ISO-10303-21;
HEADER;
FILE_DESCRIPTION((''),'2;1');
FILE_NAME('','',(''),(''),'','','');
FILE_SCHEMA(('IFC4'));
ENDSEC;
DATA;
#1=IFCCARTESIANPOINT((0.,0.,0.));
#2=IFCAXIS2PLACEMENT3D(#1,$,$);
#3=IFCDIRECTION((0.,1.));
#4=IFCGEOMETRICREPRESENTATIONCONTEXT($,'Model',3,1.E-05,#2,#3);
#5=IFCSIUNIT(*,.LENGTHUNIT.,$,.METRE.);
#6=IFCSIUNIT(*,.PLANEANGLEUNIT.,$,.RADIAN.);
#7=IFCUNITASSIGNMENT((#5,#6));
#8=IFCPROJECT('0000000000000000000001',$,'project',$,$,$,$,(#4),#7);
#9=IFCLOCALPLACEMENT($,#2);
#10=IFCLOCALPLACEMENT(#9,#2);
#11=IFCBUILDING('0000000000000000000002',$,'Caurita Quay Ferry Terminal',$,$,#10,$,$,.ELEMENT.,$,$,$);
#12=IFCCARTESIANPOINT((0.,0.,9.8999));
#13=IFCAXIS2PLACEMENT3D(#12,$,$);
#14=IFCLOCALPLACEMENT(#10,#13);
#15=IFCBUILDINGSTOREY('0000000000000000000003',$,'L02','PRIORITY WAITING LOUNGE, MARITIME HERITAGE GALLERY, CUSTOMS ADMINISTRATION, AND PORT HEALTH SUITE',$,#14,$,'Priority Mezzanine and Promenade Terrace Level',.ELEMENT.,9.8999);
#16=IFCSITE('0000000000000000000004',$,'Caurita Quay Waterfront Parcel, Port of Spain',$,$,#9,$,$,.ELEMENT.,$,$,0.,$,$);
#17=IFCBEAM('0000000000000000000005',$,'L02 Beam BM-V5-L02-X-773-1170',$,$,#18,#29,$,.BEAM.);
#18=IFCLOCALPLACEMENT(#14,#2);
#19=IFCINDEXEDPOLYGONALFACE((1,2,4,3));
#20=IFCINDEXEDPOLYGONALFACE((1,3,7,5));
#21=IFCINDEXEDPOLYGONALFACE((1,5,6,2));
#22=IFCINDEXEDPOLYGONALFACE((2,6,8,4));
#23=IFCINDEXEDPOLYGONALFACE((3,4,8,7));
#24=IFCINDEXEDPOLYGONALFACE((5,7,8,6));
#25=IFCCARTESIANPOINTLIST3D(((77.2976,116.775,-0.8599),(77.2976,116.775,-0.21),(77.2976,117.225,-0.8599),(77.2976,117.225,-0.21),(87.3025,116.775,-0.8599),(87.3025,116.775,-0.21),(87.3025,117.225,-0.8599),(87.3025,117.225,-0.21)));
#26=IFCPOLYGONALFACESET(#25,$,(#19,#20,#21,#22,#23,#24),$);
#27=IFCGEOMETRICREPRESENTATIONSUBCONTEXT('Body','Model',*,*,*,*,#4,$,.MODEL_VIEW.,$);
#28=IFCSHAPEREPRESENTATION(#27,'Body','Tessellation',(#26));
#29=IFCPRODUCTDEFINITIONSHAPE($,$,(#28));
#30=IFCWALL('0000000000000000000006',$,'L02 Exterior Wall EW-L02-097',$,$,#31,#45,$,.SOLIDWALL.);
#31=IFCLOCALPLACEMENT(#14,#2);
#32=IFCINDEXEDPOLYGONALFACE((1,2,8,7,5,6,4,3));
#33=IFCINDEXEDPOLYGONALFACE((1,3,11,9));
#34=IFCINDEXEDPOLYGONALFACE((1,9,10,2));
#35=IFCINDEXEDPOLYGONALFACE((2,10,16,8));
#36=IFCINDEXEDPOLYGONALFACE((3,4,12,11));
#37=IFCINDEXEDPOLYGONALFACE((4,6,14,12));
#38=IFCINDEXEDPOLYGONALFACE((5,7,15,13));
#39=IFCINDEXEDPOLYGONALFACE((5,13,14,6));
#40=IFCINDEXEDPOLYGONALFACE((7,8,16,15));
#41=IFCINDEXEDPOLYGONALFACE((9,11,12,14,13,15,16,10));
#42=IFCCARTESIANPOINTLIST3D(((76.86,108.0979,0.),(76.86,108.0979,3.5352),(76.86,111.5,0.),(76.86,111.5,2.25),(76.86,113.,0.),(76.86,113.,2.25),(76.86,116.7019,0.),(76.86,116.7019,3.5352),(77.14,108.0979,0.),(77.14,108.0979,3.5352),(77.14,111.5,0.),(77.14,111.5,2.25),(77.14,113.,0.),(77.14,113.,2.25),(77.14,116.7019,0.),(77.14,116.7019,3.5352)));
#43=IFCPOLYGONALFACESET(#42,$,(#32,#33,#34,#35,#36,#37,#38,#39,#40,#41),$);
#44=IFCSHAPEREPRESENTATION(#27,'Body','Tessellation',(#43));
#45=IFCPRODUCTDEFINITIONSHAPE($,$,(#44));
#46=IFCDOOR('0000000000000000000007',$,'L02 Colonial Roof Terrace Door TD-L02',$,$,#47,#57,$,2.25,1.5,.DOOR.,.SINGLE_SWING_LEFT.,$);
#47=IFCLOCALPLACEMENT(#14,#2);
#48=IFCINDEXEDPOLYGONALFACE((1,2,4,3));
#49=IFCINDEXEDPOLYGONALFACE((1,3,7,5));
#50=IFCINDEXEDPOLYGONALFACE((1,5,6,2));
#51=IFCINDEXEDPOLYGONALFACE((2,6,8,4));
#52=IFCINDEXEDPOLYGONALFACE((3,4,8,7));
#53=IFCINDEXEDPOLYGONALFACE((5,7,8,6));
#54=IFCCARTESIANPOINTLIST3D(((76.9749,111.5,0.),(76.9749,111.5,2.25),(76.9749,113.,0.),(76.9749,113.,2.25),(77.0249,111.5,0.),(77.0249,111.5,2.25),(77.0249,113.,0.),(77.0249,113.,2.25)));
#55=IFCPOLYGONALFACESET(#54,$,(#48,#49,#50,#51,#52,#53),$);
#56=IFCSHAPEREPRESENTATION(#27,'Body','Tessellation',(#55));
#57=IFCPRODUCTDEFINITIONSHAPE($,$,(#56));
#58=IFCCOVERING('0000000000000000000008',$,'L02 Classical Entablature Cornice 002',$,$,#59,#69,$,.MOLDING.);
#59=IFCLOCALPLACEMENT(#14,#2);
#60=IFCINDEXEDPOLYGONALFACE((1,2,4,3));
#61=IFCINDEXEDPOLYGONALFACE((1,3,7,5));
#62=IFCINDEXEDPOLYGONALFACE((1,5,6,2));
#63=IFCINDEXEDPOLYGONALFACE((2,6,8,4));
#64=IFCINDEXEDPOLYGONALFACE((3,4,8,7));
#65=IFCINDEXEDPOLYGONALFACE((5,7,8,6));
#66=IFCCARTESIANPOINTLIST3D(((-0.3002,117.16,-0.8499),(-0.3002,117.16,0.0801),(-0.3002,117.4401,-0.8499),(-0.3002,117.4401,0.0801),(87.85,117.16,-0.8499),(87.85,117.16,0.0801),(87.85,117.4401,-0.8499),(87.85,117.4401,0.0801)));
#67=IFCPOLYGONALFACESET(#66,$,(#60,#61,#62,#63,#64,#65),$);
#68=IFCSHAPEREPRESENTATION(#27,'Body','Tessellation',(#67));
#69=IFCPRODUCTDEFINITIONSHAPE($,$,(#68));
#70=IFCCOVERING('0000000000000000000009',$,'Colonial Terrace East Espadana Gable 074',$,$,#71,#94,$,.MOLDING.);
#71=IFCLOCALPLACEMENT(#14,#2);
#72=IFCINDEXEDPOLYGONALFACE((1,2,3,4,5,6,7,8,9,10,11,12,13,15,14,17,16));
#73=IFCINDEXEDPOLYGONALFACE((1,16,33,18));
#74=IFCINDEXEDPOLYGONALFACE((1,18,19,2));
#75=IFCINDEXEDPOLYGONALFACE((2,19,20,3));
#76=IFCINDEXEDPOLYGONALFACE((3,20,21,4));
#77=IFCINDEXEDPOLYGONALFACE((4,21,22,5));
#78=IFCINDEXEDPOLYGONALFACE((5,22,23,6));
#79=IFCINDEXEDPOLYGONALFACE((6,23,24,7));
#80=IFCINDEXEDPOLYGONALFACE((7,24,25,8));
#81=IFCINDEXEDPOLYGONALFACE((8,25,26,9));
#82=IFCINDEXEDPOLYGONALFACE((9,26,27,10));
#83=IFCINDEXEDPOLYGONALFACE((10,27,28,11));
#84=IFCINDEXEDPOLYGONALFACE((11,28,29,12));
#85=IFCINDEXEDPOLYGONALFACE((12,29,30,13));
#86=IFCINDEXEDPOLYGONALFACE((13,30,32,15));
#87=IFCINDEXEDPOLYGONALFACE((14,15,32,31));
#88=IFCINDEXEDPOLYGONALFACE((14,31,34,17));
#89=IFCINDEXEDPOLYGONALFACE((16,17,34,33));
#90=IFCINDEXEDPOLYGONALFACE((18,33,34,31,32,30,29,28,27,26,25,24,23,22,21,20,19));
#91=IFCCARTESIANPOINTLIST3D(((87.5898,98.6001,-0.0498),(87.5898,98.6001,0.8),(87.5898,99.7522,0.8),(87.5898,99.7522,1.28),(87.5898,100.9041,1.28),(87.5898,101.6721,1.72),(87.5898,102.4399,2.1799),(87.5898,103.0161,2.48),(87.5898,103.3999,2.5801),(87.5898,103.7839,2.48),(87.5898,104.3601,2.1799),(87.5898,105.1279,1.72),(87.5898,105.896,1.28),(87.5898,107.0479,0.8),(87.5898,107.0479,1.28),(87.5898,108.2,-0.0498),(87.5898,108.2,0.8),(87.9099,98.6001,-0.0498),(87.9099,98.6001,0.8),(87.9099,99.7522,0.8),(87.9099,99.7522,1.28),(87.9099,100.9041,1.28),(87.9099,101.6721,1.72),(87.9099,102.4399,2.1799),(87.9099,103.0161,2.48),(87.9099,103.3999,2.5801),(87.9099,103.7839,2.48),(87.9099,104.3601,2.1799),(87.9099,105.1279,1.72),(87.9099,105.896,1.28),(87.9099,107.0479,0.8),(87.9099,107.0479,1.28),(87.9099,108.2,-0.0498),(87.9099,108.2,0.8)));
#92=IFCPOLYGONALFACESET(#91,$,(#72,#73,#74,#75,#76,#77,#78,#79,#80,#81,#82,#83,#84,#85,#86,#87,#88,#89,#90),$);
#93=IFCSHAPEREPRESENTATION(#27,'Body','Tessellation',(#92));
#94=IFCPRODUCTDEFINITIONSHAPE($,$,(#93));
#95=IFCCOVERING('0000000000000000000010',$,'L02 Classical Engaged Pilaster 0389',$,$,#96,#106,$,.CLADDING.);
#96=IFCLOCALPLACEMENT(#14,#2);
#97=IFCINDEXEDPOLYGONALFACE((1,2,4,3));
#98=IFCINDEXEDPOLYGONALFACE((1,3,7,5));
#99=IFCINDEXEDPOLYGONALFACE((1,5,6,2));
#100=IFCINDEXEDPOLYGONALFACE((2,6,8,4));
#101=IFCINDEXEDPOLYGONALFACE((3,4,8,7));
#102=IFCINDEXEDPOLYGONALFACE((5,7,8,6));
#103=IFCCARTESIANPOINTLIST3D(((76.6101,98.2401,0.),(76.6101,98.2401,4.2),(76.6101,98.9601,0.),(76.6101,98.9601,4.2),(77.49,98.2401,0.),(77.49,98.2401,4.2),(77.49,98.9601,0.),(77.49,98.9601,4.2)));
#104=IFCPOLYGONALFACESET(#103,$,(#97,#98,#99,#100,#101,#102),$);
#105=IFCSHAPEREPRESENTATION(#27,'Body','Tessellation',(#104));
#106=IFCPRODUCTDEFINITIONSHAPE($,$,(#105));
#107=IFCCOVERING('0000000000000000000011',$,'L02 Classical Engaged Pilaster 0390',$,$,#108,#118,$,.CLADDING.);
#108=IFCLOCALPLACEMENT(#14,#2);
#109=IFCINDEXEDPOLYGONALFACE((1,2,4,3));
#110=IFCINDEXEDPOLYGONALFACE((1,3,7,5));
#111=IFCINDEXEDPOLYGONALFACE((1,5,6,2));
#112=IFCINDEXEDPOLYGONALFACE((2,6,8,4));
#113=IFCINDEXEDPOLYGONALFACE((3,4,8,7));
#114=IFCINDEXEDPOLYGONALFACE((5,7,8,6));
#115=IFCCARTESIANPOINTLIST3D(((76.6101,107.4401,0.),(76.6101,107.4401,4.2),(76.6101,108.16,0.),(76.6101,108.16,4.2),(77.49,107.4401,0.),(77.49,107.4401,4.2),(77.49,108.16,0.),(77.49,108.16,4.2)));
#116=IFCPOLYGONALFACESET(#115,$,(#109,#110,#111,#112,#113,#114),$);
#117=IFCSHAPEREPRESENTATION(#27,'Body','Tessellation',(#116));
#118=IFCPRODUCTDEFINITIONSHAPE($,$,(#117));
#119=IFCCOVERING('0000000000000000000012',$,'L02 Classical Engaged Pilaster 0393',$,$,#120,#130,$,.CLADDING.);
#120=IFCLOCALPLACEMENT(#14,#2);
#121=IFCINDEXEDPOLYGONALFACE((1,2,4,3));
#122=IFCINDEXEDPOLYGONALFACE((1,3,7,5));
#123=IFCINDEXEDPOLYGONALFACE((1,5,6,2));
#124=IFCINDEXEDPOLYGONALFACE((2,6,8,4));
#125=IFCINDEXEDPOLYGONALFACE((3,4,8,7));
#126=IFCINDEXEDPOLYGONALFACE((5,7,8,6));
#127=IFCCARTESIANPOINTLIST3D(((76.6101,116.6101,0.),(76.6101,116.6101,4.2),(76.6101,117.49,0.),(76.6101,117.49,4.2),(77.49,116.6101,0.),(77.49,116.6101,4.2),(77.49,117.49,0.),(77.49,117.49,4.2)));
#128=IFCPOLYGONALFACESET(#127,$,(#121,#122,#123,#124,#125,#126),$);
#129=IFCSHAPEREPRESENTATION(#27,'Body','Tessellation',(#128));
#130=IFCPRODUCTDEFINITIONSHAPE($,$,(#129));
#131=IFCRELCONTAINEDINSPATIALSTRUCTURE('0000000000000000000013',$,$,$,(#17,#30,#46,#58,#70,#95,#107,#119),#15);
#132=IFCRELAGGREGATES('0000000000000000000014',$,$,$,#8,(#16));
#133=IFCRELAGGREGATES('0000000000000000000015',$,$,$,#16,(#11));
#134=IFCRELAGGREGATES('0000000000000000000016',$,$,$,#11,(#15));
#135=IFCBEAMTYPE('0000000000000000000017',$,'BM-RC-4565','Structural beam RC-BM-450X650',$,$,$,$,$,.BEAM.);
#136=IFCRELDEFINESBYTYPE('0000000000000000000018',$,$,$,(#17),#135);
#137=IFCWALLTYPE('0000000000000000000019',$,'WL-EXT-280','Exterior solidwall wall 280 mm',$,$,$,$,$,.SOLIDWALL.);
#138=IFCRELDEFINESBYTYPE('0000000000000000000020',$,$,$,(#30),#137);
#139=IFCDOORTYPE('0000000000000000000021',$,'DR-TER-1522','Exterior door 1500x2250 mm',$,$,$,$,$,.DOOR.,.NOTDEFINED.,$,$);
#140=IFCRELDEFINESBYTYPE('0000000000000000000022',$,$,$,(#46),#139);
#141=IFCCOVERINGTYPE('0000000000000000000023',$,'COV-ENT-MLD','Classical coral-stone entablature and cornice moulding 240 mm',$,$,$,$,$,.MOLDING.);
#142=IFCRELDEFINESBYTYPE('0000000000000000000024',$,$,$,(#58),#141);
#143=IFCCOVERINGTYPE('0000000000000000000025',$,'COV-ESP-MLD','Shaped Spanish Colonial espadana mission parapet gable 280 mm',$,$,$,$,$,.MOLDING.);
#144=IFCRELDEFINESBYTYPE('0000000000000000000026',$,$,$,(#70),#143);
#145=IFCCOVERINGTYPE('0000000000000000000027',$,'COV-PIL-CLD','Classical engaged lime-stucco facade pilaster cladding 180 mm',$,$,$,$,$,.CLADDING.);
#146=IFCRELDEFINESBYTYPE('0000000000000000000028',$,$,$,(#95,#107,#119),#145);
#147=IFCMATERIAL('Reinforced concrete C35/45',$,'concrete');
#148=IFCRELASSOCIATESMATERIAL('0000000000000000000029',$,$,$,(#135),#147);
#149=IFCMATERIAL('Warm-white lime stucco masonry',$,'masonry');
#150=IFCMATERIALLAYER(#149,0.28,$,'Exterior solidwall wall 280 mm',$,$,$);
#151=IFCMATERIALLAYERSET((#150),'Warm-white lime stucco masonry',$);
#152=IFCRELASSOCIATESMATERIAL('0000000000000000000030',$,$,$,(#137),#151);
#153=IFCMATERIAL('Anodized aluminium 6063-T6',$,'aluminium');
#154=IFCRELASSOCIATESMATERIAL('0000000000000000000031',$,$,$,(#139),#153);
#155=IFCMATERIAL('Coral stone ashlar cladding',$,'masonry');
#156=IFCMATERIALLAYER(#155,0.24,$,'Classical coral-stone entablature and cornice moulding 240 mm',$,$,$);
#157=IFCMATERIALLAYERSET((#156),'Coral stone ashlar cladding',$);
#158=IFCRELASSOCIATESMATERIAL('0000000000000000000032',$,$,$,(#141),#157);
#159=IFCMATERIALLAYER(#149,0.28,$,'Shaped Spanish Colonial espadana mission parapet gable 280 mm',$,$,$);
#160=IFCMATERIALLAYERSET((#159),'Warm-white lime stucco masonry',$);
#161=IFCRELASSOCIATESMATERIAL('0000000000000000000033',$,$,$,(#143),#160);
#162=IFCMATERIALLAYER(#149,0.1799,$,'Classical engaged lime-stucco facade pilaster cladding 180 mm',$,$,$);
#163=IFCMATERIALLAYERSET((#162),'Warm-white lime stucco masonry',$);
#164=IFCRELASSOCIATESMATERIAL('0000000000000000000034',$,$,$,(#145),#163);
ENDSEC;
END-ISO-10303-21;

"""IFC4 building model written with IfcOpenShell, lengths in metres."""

from ifc_helpers import new_model, si_unit, direction, frame, frame_2d, origin, origin_2d, place, context, subcontext, project, spatial, polyline, rectangle, outline, extrude, material, layer, layer_set, material_profile, profile_set, type_object, element, fill, save


model = new_model("IFC4")

# Units and contexts
model_context = context("Model", 3, precision=1e-05, world=origin(), true_north=direction((0.0, 1.0)))
body_context = subcontext(model_context, "Body", "Model", "MODEL_VIEW")
ifc_project = project(units=[si_unit("LENGTHUNIT", "METRE"), si_unit("PLANEANGLEUNIT", "RADIAN")], contexts=[model_context])

# Site, building, storey
site_placement = place(None, origin())
site = spatial("IfcSite", under=ifc_project, at=site_placement, Name="Caurita Quay Waterfront Parcel, Port of Spain", CompositionType="ELEMENT", RefElevation=0.0)
building_placement = place(site_placement, origin())
building = spatial("IfcBuilding", under=site, at=building_placement, Name="Caurita Quay Ferry Terminal", CompositionType="ELEMENT")
storey_placement = place(building_placement, frame((0.0, 0.0, 9.8999)))
storey = spatial("IfcBuildingStorey", under=building, at=storey_placement, Name="L02", Description="PRIORITY WAITING LOUNGE, MARITIME HERITAGE GALLERY, CUSTOMS ADMINISTRATION, AND PORT HEALTH SUITE", LongName="Priority Mezzanine and Promenade Terrace Level", CompositionType="ELEMENT", Elevation=9.8999)

# Shared definitions
ifc_material_1 = material(Name="Reinforced concrete C35/45", Category="concrete")

# Beam
ifc_material_profile_1 = material_profile(ifc_material_1, rectangle(XDim=0.45, YDim=0.6499, at=origin_2d()), Name="RC-BM-450X650")
ifc_profile_set_1 = profile_set([ifc_material_profile_1], Name="Reinforced concrete C35/45")
beam_type_1 = type_object("IfcBeamType", Name="BM-RC-4565", Description="Structural beam RC-BM-450X650", PredefinedType="BEAM", material=ifc_profile_set_1)
for number, where, z_axis, x_axis, name in (
    (1, (77.2976, 117.0, -0.5349), (1.0, 0.0, 0.0), (0.0, 1.0, 0.0), "L02 Beam BM-V5-L02-X-773-1170"),
):
    element("IfcBeam", number, at=place(storey_placement, frame(where, z_axis=z_axis, x_axis=x_axis)), inside=storey, type_object=beam_type_1, Name=name, PredefinedType="BEAM", context=body_context, shape_type="SweptSolid", body=[
        extrude(rectangle(XDim=0.45, YDim=0.6499, at=origin_2d()), origin(), (0.0, 0.0, 1.0), 10.0049),
    ])

# Wall, opening, door
ifc_material_2 = material(Name="Warm-white lime stucco masonry", Category="masonry")
ifc_layer_1 = layer(ifc_material_2, 0.28, Name="Exterior solidwall wall 280 mm")
ifc_layer_set_1 = layer_set([ifc_layer_1], Name="Warm-white lime stucco masonry")
wall_type = type_object("IfcWallType", Name="WL-EXT-280", Description="Exterior solidwall wall 280 mm", PredefinedType="SOLIDWALL", material=ifc_layer_set_1)
wall_placement = place(storey_placement, frame((77.0, 108.0979, 0.0), z_axis=(0.0, 0.0, 1.0), x_axis=(0.0, 1.0, 0.0)))
wall = element("IfcWall", 2, at=wall_placement, inside=storey, type_object=wall_type, Name="L02 Exterior Wall EW-L02-097", PredefinedType="SOLIDWALL", context=body_context, shape_type="SweptSolid", body=[
    extrude(rectangle(XDim=8.604, YDim=0.28, at=frame_2d((4.302, 0.0))), origin(), (0.0, 0.0, 1.0), 3.5352),
])
opening_placement = place(wall_placement, frame((3.4021, 0.0, 0.0)))
opening = element("IfcOpeningElement", 3, at=opening_placement, cuts=wall, PredefinedType="OPENING", context=body_context, shape_type="SweptSolid", body=[
    extrude(rectangle(XDim=1.5, YDim=2.25, at=frame_2d((0.75, 1.125))), frame((0.0, 0.1499, 0.0), z_axis=(0.0, -1.0, 0.0), x_axis=(1.0, 0.0, 0.0)), (0.0, 0.0, 1.0), 0.3),
])
ifc_material_3 = material(Name="Anodized aluminium 6063-T6", Category="aluminium")
door_type = type_object("IfcDoorType", Name="DR-TER-1522", Description="Exterior door 1500x2250 mm", OperationType="NOTDEFINED", PredefinedType="DOOR", material=ifc_material_3)
door_placement = place(opening_placement, frame((1.5, 0.0, 0.0), z_axis=(0.0, 0.0, 1.0), x_axis=(-1.0, 0.0, 0.0)))
door = element("IfcDoor", 4, at=door_placement, inside=storey, type_object=door_type, Name="L02 Colonial Roof Terrace Door TD-L02", OperationType="SINGLE_SWING_LEFT", OverallHeight=2.25, OverallWidth=1.5, PredefinedType="DOOR", context=body_context, shape_type="SweptSolid", body=[
    extrude(rectangle(XDim=1.5, YDim=2.25, at=frame_2d((0.75, 1.125))), frame((0.0, 0.0249, 0.0), z_axis=(0.0, -1.0, 0.0), x_axis=(1.0, 0.0, 0.0)), (0.0, 0.0, 1.0), 0.05),
])
fill(opening, door)

# Coverings
ifc_material_4 = material(Name="Coral stone ashlar cladding", Category="masonry")
ifc_layer_2 = layer(ifc_material_4, 0.24, Name="Classical coral-stone entablature and cornice moulding 240 mm")
ifc_layer_set_2 = layer_set([ifc_layer_2], Name="Coral stone ashlar cladding")
covering_type_1 = type_object("IfcCoveringType", Name="COV-ENT-MLD", Description="Classical coral-stone entablature and cornice moulding 240 mm", PredefinedType="MOLDING", material=ifc_layer_set_2)
covering_1_placement = place(storey_placement, frame((87.8501, 117.3, -0.8499), z_axis=(0.0, 0.0, 1.0), x_axis=(-1.0, 0.0, 0.0)))
element("IfcCovering", 5, at=covering_1_placement, inside=storey, type_object=covering_type_1, Name="L02 Classical Entablature Cornice 002", PredefinedType="MOLDING", context=body_context, shape_type="SweptSolid", body=[
    extrude(rectangle(XDim=88.1501, YDim=0.28, at=frame_2d((44.0752, 0.0))), origin(), (0.0, 0.0, 1.0), 0.9299),
])
ifc_layer_3 = layer(ifc_material_2, 0.28, Name="Shaped Spanish Colonial espadana mission parapet gable 280 mm")
ifc_layer_set_3 = layer_set([ifc_layer_3], Name="Warm-white lime stucco masonry")
covering_type_2 = type_object("IfcCoveringType", Name="COV-ESP-MLD", Description="Shaped Spanish Colonial espadana mission parapet gable 280 mm", PredefinedType="MOLDING", material=ifc_layer_set_3)
covering_2_placement = place(storey_placement, frame((87.75, 98.6001, -0.0498), z_axis=(0.0, 0.0, 1.0), x_axis=(0.0, 1.0, 0.0)))
element("IfcCovering", 6, at=covering_2_placement, inside=storey, type_object=covering_type_2, Name="Colonial Terrace East Espadana Gable 074", PredefinedType="MOLDING", context=body_context, shape_type="SweptSolid", body=[
    extrude(outline(polyline([(0.0, 0.0), (9.5999, 0.0), (9.5999, 0.8499), (8.4478, 0.8499), (8.4478, 1.3298), (7.2959, 1.3298), (6.5278, 1.7698), (5.76, 2.2297), (5.1838, 2.5298), (4.7998, 2.6299), (4.416, 2.5298), (3.8398, 2.2297), (3.072, 1.7698), (2.304, 1.3298), (1.1521, 1.3298), (1.1521, 0.8499), (0.0, 0.8499), (0.0, 0.0)])), frame((0.0, 0.1602, 0.0), z_axis=(0.0, -1.0, 0.0), x_axis=(1.0, 0.0, 0.0)), (0.0, 0.0, 1.0), 0.3201),
])
ifc_layer_4 = layer(ifc_material_2, 0.1799, Name="Classical engaged lime-stucco facade pilaster cladding 180 mm")
ifc_layer_set_4 = layer_set([ifc_layer_4], Name="Warm-white lime stucco masonry")
covering_type_3 = type_object("IfcCoveringType", Name="COV-PIL-CLD", Description="Classical engaged lime-stucco facade pilaster cladding 180 mm", PredefinedType="CLADDING", material=ifc_layer_set_4)
for number, where, z_axis, x_axis, name in (
    (7, (77.05, 98.6001, 0.0), (0.0, 0.0, 1.0), (1.0, 0.0, 0.0), "L02 Classical Engaged Pilaster 0389"),
    (8, (77.05, 107.8, 0.0), (0.0, 0.0, 1.0), (1.0, 0.0, 0.0), "L02 Classical Engaged Pilaster 0390"),
):
    element("IfcCovering", number, at=place(storey_placement, frame(where, z_axis=z_axis, x_axis=x_axis)), inside=storey, type_object=covering_type_3, Name=name, PredefinedType="CLADDING", context=body_context, shape_type="SweptSolid", body=[
        extrude(rectangle(XDim=0.8799, YDim=0.72, at=origin_2d()), origin(), (0.0, 0.0, 1.0), 4.2),
    ])
covering_3_placement = place(storey_placement, frame((77.05, 117.05, 0.0), z_axis=(0.0, 0.0, 1.0), x_axis=(1.0, 0.0, 0.0)))
element("IfcCovering", 9, at=covering_3_placement, inside=storey, type_object=covering_type_3, Name="L02 Classical Engaged Pilaster 0393", PredefinedType="CLADDING", context=body_context, shape_type="SweptSolid", body=[
    extrude(rectangle(XDim=0.8799, YDim=0.8799, at=origin_2d()), origin(), (0.0, 0.0, 1.0), 4.2),
])

save(model, "model.ifc")
